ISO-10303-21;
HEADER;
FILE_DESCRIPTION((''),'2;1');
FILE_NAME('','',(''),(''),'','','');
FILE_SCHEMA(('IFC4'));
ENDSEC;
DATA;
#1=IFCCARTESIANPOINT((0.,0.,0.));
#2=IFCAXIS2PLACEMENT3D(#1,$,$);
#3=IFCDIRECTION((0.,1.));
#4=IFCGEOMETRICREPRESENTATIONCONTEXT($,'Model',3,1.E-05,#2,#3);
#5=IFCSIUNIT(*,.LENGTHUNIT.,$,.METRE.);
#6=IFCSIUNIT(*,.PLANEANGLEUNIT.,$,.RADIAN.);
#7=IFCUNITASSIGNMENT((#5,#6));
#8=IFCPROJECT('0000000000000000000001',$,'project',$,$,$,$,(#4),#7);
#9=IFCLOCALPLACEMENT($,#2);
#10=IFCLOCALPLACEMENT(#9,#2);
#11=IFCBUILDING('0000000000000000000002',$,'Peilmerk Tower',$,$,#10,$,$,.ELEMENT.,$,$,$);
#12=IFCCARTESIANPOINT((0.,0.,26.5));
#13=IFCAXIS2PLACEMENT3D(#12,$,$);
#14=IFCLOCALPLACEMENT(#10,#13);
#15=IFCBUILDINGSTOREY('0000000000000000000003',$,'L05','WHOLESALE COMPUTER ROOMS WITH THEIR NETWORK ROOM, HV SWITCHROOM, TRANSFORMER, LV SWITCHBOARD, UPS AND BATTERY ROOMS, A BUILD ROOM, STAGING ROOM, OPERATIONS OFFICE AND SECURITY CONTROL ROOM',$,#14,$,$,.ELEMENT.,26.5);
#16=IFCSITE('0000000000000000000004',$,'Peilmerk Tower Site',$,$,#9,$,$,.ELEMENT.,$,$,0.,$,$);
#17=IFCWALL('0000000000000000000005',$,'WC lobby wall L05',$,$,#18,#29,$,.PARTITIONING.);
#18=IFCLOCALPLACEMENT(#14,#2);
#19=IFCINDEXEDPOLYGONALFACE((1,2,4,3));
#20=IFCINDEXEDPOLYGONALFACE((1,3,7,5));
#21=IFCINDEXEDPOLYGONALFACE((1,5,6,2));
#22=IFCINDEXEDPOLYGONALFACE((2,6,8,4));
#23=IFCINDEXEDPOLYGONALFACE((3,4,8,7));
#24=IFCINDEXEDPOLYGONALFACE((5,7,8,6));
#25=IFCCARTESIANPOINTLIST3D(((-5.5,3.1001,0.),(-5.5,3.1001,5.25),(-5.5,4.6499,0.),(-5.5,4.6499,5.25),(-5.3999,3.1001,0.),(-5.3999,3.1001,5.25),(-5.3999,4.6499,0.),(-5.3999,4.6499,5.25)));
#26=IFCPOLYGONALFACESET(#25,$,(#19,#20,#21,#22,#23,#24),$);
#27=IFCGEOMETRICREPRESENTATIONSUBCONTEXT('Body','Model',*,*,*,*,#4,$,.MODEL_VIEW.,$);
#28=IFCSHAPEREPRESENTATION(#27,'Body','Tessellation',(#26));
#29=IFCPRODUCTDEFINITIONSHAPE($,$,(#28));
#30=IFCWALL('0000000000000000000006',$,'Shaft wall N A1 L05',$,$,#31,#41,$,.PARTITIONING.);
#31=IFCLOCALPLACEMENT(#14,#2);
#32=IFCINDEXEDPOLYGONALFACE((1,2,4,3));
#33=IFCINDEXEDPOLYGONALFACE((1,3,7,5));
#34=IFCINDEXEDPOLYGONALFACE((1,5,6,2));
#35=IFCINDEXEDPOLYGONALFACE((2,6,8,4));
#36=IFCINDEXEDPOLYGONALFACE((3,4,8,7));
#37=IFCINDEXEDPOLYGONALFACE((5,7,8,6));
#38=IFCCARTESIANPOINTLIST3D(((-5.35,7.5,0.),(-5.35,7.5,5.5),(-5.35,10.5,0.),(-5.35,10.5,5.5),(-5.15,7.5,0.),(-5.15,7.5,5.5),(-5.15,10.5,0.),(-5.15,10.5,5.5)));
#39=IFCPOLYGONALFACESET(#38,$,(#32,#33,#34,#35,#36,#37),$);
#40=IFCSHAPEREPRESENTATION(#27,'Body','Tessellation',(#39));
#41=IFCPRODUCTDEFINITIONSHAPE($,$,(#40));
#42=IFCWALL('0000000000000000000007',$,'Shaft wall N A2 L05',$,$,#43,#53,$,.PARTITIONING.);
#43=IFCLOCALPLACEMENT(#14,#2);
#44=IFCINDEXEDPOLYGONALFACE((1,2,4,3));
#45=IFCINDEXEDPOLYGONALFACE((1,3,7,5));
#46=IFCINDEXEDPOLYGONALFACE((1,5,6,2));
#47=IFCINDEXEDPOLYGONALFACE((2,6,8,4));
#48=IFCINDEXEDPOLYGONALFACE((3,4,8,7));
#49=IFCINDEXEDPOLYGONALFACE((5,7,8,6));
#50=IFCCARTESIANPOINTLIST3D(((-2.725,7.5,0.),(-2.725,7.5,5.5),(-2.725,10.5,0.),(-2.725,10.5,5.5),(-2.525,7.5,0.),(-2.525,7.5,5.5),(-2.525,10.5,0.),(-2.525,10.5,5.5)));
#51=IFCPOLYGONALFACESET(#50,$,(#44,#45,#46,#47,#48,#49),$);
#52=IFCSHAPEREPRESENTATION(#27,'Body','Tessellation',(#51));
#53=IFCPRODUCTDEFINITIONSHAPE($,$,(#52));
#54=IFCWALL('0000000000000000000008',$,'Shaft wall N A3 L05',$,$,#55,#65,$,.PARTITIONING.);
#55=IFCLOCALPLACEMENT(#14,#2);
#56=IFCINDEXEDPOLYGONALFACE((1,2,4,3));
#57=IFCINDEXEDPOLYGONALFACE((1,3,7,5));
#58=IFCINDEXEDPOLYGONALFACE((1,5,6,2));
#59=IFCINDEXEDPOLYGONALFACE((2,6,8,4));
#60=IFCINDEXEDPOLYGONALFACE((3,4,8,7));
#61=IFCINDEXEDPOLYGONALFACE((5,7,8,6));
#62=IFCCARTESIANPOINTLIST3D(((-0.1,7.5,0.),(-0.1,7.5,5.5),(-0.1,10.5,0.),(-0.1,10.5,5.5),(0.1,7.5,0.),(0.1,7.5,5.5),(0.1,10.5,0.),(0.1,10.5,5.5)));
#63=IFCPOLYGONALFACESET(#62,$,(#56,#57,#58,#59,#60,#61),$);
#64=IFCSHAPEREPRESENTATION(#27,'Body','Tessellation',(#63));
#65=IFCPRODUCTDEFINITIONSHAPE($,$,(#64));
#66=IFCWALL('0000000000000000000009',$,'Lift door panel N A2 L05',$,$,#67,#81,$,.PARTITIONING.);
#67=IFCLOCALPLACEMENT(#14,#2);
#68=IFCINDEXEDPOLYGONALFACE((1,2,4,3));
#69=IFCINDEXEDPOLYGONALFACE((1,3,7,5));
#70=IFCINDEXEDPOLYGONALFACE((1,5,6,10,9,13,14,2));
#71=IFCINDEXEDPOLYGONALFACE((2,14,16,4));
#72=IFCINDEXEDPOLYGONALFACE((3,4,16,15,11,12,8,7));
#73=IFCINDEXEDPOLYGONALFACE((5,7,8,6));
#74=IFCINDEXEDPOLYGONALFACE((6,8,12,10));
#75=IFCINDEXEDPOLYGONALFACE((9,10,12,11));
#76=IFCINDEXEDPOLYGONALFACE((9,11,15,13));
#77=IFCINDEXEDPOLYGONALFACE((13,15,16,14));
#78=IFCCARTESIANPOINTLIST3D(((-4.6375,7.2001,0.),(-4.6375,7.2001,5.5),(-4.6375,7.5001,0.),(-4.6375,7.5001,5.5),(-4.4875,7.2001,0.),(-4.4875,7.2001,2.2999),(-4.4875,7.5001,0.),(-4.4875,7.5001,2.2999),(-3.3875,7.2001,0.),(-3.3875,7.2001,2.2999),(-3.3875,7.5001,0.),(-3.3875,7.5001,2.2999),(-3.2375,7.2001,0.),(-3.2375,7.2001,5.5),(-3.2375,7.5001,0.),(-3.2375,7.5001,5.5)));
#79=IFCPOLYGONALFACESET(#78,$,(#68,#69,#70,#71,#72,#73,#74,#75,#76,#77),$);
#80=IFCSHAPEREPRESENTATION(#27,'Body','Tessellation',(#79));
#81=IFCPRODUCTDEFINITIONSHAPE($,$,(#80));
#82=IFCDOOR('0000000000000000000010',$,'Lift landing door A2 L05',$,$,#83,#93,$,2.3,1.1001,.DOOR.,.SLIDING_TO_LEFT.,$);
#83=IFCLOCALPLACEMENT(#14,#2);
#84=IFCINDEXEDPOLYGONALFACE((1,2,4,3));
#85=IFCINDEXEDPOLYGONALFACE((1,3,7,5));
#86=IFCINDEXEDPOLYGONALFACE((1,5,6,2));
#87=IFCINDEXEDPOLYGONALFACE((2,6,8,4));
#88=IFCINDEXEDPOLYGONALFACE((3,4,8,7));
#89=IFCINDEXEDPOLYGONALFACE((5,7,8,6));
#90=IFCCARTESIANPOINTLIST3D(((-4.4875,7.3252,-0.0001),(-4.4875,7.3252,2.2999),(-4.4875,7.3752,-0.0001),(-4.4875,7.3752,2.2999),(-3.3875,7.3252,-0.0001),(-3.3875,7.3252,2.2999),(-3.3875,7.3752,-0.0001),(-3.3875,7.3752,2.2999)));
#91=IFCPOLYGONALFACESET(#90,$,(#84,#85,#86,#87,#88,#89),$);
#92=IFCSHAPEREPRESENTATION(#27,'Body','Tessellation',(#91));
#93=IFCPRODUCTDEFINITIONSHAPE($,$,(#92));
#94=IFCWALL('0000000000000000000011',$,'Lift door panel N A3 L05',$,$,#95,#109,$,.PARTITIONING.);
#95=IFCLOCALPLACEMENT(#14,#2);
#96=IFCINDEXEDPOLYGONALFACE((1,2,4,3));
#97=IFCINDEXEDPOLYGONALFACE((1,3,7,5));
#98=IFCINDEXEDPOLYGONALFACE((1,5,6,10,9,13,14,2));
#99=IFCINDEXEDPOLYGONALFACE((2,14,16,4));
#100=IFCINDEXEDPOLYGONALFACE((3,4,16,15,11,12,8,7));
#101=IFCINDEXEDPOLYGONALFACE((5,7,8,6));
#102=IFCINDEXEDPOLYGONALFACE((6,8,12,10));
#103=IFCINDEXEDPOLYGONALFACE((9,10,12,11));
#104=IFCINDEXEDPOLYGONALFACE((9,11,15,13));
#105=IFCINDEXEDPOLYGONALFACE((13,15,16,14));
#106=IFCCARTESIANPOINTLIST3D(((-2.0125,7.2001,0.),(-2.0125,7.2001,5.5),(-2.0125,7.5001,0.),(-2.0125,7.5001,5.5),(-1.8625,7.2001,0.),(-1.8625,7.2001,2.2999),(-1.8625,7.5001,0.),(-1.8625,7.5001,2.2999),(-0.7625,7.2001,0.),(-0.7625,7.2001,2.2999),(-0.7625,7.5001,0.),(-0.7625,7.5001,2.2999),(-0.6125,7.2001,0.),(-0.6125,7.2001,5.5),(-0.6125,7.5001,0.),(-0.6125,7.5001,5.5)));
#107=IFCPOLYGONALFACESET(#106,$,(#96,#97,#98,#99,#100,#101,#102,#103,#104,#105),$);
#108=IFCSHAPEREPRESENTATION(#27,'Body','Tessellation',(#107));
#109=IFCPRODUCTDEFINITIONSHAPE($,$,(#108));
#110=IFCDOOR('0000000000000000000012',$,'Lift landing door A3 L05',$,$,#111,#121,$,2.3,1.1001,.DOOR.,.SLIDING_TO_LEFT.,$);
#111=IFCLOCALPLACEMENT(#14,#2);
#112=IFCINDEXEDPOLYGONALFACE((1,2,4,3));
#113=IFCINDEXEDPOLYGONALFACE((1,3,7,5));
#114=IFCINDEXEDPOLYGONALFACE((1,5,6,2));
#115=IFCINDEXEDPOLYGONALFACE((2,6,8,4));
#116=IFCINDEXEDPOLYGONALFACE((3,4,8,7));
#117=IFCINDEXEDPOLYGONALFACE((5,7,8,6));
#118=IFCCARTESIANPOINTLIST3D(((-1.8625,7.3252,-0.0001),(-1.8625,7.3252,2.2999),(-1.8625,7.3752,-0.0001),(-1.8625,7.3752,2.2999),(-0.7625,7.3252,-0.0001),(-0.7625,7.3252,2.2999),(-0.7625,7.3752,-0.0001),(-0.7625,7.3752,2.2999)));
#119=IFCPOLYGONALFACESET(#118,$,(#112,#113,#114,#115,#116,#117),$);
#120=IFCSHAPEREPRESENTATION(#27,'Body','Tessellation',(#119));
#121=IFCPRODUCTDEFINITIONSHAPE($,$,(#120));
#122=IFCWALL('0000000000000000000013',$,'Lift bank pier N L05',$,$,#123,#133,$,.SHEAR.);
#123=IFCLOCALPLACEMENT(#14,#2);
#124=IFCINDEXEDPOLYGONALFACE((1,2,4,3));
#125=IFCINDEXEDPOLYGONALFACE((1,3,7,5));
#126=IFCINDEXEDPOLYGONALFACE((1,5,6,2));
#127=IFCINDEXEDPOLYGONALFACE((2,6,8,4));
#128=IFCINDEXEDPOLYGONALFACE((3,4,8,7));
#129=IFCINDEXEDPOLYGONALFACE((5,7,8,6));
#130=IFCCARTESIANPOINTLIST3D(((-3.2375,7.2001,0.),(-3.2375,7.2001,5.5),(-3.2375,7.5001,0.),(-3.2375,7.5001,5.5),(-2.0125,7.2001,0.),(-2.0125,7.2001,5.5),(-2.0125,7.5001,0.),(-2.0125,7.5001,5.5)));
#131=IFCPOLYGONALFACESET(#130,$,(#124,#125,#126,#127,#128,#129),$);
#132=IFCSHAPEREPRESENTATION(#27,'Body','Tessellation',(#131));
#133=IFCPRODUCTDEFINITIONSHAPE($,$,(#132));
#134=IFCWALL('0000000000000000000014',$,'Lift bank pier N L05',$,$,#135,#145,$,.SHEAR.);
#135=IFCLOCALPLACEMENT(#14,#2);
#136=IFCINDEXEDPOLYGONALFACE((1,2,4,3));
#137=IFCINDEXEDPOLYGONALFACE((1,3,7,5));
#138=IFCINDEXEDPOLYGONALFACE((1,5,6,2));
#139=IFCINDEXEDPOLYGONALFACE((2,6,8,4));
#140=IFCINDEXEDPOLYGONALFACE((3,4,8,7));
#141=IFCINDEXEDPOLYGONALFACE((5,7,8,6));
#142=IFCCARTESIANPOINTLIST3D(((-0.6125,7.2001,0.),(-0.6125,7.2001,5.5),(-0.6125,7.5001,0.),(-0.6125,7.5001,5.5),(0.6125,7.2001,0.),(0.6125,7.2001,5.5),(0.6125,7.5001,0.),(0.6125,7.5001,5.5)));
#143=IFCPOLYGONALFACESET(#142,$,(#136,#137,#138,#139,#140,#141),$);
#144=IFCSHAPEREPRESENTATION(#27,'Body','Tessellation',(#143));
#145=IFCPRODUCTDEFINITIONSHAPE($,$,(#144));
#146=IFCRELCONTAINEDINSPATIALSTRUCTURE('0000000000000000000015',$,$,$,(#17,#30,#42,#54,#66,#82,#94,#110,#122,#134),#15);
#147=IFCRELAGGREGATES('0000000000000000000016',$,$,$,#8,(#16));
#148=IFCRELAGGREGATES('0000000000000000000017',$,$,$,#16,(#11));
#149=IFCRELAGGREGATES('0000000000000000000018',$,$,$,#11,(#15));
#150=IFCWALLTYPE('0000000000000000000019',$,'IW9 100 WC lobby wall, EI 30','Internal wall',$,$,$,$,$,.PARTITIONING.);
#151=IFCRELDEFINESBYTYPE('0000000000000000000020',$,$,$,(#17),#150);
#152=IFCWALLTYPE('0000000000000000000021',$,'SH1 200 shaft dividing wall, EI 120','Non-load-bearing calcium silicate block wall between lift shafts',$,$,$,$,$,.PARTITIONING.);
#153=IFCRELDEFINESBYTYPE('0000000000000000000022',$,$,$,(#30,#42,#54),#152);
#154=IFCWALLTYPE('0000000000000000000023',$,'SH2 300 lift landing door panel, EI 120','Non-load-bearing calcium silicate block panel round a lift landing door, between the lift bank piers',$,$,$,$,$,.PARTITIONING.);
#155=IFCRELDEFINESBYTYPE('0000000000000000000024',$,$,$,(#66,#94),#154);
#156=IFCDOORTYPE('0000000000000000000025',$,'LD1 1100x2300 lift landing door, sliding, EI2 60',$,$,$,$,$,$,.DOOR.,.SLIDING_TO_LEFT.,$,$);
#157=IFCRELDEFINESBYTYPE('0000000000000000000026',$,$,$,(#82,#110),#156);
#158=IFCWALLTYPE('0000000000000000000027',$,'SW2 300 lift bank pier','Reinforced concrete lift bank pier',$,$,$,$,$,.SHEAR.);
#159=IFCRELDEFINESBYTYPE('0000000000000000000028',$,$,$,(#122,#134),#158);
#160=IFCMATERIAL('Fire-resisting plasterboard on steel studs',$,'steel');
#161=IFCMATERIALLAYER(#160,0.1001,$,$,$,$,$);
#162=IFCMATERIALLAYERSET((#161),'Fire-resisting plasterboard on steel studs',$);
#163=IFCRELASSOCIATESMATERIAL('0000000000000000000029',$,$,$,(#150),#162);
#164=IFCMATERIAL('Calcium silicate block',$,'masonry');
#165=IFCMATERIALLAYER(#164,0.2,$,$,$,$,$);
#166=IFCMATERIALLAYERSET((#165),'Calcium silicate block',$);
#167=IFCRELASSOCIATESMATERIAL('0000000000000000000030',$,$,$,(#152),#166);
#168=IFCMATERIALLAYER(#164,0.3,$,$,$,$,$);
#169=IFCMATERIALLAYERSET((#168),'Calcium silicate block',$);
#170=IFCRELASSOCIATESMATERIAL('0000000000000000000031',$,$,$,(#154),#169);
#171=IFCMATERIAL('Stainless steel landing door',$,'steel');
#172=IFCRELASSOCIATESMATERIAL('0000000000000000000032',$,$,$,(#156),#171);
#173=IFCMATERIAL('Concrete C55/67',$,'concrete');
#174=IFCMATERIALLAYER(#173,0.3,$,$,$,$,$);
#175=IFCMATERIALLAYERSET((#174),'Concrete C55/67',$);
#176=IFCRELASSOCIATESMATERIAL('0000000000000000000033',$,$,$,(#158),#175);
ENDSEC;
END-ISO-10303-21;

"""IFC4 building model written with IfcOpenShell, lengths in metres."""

from ifc_helpers import new_model, si_unit, direction, frame, frame_2d, origin, place, context, subcontext, project, spatial, rectangle, extrude, material, layer, layer_set, type_object, element, fill, save


model = new_model("IFC4")

# Units and contexts
model_context = context("Model", 3, precision=1e-05, world=origin(), true_north=direction((0.0, 1.0)))
body_context = subcontext(model_context, "Body", "Model", "MODEL_VIEW")
ifc_project = project(units=[si_unit("LENGTHUNIT", "METRE"), si_unit("PLANEANGLEUNIT", "RADIAN")], contexts=[model_context])

# Site, building, storey
site_placement = place(None, origin())
site = spatial("IfcSite", under=ifc_project, at=site_placement, Name="Peilmerk Tower Site", CompositionType="ELEMENT", RefElevation=0.0)
building_placement = place(site_placement, origin())
building = spatial("IfcBuilding", under=site, at=building_placement, Name="Peilmerk Tower", CompositionType="ELEMENT")
storey_placement = place(building_placement, frame((0.0, 0.0, 26.5)))
storey = spatial("IfcBuildingStorey", under=building, at=storey_placement, Name="L05", Description="WHOLESALE COMPUTER ROOMS WITH THEIR NETWORK ROOM, HV SWITCHROOM, TRANSFORMER, LV SWITCHBOARD, UPS AND BATTERY ROOMS, A BUILD ROOM, STAGING ROOM, OPERATIONS OFFICE AND SECURITY CONTROL ROOM", CompositionType="ELEMENT", Elevation=26.5)

# Shared definitions
ifc_material_1 = material(Name="Concrete C55/67", Category="concrete")

# Shared definitions
ifc_material_2 = material(Name="Fire-resisting plasterboard on steel studs", Category="steel")
ifc_layer_1 = layer(ifc_material_2, 0.1001)
ifc_layer_set_1 = layer_set([ifc_layer_1], Name="Fire-resisting plasterboard on steel studs")
wall_type_1 = type_object("IfcWallType", Name="IW9 100 WC lobby wall, EI 30", Description="Internal wall", PredefinedType="PARTITIONING", material=ifc_layer_set_1)

# Walls
wall_1_placement = place(storey_placement, frame((-5.45, 3.1001, 0.0), z_axis=(0.0, 0.0, 1.0), x_axis=(0.0, 1.0, 0.0)))
element("IfcWall", 1, at=wall_1_placement, inside=storey, type_object=wall_type_1, Name="WC lobby wall L05", PredefinedType="PARTITIONING", context=body_context, shape_type="SweptSolid", body=[
    extrude(rectangle(XDim=1.5498, YDim=0.1001, at=frame_2d((0.7749, 0.0))), origin(), (0.0, 0.0, 1.0), 5.25),
])
ifc_material_3 = material(Name="Calcium silicate block", Category="masonry")
ifc_layer_2 = layer(ifc_material_3, 0.2)
ifc_layer_set_2 = layer_set([ifc_layer_2], Name="Calcium silicate block")
wall_type_2 = type_object("IfcWallType", Name="SH1 200 shaft dividing wall, EI 120", Description="Non-load-bearing calcium silicate block wall between lift shafts", PredefinedType="PARTITIONING", material=ifc_layer_set_2)
for number, where, z_axis, x_axis, name in (
    (2, (-5.25, 7.5, 0.0), (0.0, 0.0, 1.0), (0.0, 1.0, 0.0), "Shaft wall N A1 L05"),
    (3, (-2.625, 7.5, 0.0), (0.0, 0.0, 1.0), (0.0, 1.0, 0.0), "Shaft wall N A2 L05"),
    (4, (0.0, 7.5, 0.0), (0.0, 0.0, 1.0), (0.0, 1.0, 0.0), "Shaft wall N A3 L05"),
):
    element("IfcWall", number, at=place(storey_placement, frame(where, z_axis=z_axis, x_axis=x_axis)), inside=storey, type_object=wall_type_2, Name=name, PredefinedType="PARTITIONING", context=body_context, shape_type="SweptSolid", body=[
        extrude(rectangle(XDim=3.0, YDim=0.2, at=frame_2d((1.5, 0.0))), origin(), (0.0, 0.0, 1.0), 5.5),
    ])

# Walls, openings, doors
ifc_layer_3 = layer(ifc_material_3, 0.3)
ifc_layer_set_3 = layer_set([ifc_layer_3], Name="Calcium silicate block")
wall_type_3 = type_object("IfcWallType", Name="SH2 300 lift landing door panel, EI 120", Description="Non-load-bearing calcium silicate block panel round a lift landing door, between the lift bank piers", PredefinedType="PARTITIONING", material=ifc_layer_set_3)
wall_2_placement = place(storey_placement, frame((-4.6375, 7.3501, 0.0), z_axis=(0.0, 0.0, 1.0), x_axis=(1.0, 0.0, 0.0)))
wall_2 = element("IfcWall", 5, at=wall_2_placement, inside=storey, type_object=wall_type_3, Name="Lift door panel N A2 L05", PredefinedType="PARTITIONING", context=body_context, shape_type="SweptSolid", body=[
    extrude(rectangle(XDim=1.3999, YDim=0.3, at=frame_2d((0.7, 0.0))), origin(), (0.0, 0.0, 1.0), 5.5),
])
opening_1_placement = place(wall_2_placement, frame((0.1499, 0.0, 0.0)))
opening_1 = element("IfcOpeningElement", 6, at=opening_1_placement, cuts=wall_2, PredefinedType="OPENING", context=body_context, shape_type="SweptSolid", body=[
    extrude(rectangle(XDim=1.1001, YDim=2.3, at=frame_2d((0.55, 1.1499))), frame((0.0, 0.1599, 0.0), z_axis=(0.0, -1.0, 0.0), x_axis=(1.0, 0.0, 0.0)), (0.0, 0.0, 1.0), 0.3201),
])
ifc_material_4 = material(Name="Stainless steel landing door", Category="steel")
door_type_1 = type_object("IfcDoorType", Name="LD1 1100x2300 lift landing door, sliding, EI2 60", OperationType="SLIDING_TO_LEFT", PredefinedType="DOOR", material=ifc_material_4)
door_1_placement = place(opening_1_placement, frame((1.1001, 0.0, 0.0), z_axis=(0.0, 0.0, 1.0), x_axis=(-1.0, 0.0, 0.0)))
door_1 = element("IfcDoor", 7, at=door_1_placement, inside=storey, type_object=door_type_1, Name="Lift landing door A2 L05", OperationType="SLIDING_TO_LEFT", OverallHeight=2.3, OverallWidth=1.1001, PredefinedType="DOOR", context=body_context, shape_type="SweptSolid", body=[
    extrude(rectangle(XDim=1.1001, YDim=2.3, at=frame_2d((0.55, 1.1499))), frame((0.0, 0.0249, 0.0), z_axis=(0.0, -1.0, 0.0), x_axis=(1.0, 0.0, 0.0)), (0.0, 0.0, 1.0), 0.05),
])
fill(opening_1, door_1)
wall_3_placement = place(storey_placement, frame((-2.0125, 7.3501, 0.0), z_axis=(0.0, 0.0, 1.0), x_axis=(1.0, 0.0, 0.0)))
wall_3 = element("IfcWall", 8, at=wall_3_placement, inside=storey, type_object=wall_type_3, Name="Lift door panel N A3 L05", PredefinedType="PARTITIONING", context=body_context, shape_type="SweptSolid", body=[
    extrude(rectangle(XDim=1.3999, YDim=0.3, at=frame_2d((0.7, 0.0))), origin(), (0.0, 0.0, 1.0), 5.5),
])
opening_2_placement = place(wall_3_placement, frame((0.1499, 0.0, 0.0)))
opening_2 = element("IfcOpeningElement", 9, at=opening_2_placement, cuts=wall_3, PredefinedType="OPENING", context=body_context, shape_type="SweptSolid", body=[
    extrude(rectangle(XDim=1.1001, YDim=2.3, at=frame_2d((0.55, 1.1499))), frame((0.0, 0.1599, 0.0), z_axis=(0.0, -1.0, 0.0), x_axis=(1.0, 0.0, 0.0)), (0.0, 0.0, 1.0), 0.3201),
])
door_2_placement = place(opening_2_placement, frame((1.1001, 0.0, 0.0), z_axis=(0.0, 0.0, 1.0), x_axis=(-1.0, 0.0, 0.0)))
door_2 = element("IfcDoor", 10, at=door_2_placement, inside=storey, type_object=door_type_1, Name="Lift landing door A3 L05", OperationType="SLIDING_TO_LEFT", OverallHeight=2.3, OverallWidth=1.1001, PredefinedType="DOOR", context=body_context, shape_type="SweptSolid", body=[
    extrude(rectangle(XDim=1.1001, YDim=2.3, at=frame_2d((0.55, 1.1499))), frame((0.0, 0.0249, 0.0), z_axis=(0.0, -1.0, 0.0), x_axis=(1.0, 0.0, 0.0)), (0.0, 0.0, 1.0), 0.05),
])
fill(opening_2, door_2)

# Walls
ifc_layer_4 = layer(ifc_material_1, 0.3)
ifc_layer_set_4 = layer_set([ifc_layer_4], Name="Concrete C55/67")
wall_type_4 = type_object("IfcWallType", Name="SW2 300 lift bank pier", Description="Reinforced concrete lift bank pier", PredefinedType="SHEAR", material=ifc_layer_set_4)
for number, where, z_axis, x_axis, name in (
    (11, (-3.2375, 7.3501, 0.0), (0.0, 0.0, 1.0), (1.0, 0.0, 0.0), "Lift bank pier N L05"),
    (12, (-0.6125, 7.3501, 0.0), (0.0, 0.0, 1.0), (1.0, 0.0, 0.0), "Lift bank pier N L05"),
):
    element("IfcWall", number, at=place(storey_placement, frame(where, z_axis=z_axis, x_axis=x_axis)), inside=storey, type_object=wall_type_4, Name=name, PredefinedType="SHEAR", context=body_context, shape_type="SweptSolid", body=[
        extrude(rectangle(XDim=1.2251, YDim=0.3, at=frame_2d((0.6125, 0.0))), origin(), (0.0, 0.0, 1.0), 5.5),
    ])

save(model, "model.ifc")
